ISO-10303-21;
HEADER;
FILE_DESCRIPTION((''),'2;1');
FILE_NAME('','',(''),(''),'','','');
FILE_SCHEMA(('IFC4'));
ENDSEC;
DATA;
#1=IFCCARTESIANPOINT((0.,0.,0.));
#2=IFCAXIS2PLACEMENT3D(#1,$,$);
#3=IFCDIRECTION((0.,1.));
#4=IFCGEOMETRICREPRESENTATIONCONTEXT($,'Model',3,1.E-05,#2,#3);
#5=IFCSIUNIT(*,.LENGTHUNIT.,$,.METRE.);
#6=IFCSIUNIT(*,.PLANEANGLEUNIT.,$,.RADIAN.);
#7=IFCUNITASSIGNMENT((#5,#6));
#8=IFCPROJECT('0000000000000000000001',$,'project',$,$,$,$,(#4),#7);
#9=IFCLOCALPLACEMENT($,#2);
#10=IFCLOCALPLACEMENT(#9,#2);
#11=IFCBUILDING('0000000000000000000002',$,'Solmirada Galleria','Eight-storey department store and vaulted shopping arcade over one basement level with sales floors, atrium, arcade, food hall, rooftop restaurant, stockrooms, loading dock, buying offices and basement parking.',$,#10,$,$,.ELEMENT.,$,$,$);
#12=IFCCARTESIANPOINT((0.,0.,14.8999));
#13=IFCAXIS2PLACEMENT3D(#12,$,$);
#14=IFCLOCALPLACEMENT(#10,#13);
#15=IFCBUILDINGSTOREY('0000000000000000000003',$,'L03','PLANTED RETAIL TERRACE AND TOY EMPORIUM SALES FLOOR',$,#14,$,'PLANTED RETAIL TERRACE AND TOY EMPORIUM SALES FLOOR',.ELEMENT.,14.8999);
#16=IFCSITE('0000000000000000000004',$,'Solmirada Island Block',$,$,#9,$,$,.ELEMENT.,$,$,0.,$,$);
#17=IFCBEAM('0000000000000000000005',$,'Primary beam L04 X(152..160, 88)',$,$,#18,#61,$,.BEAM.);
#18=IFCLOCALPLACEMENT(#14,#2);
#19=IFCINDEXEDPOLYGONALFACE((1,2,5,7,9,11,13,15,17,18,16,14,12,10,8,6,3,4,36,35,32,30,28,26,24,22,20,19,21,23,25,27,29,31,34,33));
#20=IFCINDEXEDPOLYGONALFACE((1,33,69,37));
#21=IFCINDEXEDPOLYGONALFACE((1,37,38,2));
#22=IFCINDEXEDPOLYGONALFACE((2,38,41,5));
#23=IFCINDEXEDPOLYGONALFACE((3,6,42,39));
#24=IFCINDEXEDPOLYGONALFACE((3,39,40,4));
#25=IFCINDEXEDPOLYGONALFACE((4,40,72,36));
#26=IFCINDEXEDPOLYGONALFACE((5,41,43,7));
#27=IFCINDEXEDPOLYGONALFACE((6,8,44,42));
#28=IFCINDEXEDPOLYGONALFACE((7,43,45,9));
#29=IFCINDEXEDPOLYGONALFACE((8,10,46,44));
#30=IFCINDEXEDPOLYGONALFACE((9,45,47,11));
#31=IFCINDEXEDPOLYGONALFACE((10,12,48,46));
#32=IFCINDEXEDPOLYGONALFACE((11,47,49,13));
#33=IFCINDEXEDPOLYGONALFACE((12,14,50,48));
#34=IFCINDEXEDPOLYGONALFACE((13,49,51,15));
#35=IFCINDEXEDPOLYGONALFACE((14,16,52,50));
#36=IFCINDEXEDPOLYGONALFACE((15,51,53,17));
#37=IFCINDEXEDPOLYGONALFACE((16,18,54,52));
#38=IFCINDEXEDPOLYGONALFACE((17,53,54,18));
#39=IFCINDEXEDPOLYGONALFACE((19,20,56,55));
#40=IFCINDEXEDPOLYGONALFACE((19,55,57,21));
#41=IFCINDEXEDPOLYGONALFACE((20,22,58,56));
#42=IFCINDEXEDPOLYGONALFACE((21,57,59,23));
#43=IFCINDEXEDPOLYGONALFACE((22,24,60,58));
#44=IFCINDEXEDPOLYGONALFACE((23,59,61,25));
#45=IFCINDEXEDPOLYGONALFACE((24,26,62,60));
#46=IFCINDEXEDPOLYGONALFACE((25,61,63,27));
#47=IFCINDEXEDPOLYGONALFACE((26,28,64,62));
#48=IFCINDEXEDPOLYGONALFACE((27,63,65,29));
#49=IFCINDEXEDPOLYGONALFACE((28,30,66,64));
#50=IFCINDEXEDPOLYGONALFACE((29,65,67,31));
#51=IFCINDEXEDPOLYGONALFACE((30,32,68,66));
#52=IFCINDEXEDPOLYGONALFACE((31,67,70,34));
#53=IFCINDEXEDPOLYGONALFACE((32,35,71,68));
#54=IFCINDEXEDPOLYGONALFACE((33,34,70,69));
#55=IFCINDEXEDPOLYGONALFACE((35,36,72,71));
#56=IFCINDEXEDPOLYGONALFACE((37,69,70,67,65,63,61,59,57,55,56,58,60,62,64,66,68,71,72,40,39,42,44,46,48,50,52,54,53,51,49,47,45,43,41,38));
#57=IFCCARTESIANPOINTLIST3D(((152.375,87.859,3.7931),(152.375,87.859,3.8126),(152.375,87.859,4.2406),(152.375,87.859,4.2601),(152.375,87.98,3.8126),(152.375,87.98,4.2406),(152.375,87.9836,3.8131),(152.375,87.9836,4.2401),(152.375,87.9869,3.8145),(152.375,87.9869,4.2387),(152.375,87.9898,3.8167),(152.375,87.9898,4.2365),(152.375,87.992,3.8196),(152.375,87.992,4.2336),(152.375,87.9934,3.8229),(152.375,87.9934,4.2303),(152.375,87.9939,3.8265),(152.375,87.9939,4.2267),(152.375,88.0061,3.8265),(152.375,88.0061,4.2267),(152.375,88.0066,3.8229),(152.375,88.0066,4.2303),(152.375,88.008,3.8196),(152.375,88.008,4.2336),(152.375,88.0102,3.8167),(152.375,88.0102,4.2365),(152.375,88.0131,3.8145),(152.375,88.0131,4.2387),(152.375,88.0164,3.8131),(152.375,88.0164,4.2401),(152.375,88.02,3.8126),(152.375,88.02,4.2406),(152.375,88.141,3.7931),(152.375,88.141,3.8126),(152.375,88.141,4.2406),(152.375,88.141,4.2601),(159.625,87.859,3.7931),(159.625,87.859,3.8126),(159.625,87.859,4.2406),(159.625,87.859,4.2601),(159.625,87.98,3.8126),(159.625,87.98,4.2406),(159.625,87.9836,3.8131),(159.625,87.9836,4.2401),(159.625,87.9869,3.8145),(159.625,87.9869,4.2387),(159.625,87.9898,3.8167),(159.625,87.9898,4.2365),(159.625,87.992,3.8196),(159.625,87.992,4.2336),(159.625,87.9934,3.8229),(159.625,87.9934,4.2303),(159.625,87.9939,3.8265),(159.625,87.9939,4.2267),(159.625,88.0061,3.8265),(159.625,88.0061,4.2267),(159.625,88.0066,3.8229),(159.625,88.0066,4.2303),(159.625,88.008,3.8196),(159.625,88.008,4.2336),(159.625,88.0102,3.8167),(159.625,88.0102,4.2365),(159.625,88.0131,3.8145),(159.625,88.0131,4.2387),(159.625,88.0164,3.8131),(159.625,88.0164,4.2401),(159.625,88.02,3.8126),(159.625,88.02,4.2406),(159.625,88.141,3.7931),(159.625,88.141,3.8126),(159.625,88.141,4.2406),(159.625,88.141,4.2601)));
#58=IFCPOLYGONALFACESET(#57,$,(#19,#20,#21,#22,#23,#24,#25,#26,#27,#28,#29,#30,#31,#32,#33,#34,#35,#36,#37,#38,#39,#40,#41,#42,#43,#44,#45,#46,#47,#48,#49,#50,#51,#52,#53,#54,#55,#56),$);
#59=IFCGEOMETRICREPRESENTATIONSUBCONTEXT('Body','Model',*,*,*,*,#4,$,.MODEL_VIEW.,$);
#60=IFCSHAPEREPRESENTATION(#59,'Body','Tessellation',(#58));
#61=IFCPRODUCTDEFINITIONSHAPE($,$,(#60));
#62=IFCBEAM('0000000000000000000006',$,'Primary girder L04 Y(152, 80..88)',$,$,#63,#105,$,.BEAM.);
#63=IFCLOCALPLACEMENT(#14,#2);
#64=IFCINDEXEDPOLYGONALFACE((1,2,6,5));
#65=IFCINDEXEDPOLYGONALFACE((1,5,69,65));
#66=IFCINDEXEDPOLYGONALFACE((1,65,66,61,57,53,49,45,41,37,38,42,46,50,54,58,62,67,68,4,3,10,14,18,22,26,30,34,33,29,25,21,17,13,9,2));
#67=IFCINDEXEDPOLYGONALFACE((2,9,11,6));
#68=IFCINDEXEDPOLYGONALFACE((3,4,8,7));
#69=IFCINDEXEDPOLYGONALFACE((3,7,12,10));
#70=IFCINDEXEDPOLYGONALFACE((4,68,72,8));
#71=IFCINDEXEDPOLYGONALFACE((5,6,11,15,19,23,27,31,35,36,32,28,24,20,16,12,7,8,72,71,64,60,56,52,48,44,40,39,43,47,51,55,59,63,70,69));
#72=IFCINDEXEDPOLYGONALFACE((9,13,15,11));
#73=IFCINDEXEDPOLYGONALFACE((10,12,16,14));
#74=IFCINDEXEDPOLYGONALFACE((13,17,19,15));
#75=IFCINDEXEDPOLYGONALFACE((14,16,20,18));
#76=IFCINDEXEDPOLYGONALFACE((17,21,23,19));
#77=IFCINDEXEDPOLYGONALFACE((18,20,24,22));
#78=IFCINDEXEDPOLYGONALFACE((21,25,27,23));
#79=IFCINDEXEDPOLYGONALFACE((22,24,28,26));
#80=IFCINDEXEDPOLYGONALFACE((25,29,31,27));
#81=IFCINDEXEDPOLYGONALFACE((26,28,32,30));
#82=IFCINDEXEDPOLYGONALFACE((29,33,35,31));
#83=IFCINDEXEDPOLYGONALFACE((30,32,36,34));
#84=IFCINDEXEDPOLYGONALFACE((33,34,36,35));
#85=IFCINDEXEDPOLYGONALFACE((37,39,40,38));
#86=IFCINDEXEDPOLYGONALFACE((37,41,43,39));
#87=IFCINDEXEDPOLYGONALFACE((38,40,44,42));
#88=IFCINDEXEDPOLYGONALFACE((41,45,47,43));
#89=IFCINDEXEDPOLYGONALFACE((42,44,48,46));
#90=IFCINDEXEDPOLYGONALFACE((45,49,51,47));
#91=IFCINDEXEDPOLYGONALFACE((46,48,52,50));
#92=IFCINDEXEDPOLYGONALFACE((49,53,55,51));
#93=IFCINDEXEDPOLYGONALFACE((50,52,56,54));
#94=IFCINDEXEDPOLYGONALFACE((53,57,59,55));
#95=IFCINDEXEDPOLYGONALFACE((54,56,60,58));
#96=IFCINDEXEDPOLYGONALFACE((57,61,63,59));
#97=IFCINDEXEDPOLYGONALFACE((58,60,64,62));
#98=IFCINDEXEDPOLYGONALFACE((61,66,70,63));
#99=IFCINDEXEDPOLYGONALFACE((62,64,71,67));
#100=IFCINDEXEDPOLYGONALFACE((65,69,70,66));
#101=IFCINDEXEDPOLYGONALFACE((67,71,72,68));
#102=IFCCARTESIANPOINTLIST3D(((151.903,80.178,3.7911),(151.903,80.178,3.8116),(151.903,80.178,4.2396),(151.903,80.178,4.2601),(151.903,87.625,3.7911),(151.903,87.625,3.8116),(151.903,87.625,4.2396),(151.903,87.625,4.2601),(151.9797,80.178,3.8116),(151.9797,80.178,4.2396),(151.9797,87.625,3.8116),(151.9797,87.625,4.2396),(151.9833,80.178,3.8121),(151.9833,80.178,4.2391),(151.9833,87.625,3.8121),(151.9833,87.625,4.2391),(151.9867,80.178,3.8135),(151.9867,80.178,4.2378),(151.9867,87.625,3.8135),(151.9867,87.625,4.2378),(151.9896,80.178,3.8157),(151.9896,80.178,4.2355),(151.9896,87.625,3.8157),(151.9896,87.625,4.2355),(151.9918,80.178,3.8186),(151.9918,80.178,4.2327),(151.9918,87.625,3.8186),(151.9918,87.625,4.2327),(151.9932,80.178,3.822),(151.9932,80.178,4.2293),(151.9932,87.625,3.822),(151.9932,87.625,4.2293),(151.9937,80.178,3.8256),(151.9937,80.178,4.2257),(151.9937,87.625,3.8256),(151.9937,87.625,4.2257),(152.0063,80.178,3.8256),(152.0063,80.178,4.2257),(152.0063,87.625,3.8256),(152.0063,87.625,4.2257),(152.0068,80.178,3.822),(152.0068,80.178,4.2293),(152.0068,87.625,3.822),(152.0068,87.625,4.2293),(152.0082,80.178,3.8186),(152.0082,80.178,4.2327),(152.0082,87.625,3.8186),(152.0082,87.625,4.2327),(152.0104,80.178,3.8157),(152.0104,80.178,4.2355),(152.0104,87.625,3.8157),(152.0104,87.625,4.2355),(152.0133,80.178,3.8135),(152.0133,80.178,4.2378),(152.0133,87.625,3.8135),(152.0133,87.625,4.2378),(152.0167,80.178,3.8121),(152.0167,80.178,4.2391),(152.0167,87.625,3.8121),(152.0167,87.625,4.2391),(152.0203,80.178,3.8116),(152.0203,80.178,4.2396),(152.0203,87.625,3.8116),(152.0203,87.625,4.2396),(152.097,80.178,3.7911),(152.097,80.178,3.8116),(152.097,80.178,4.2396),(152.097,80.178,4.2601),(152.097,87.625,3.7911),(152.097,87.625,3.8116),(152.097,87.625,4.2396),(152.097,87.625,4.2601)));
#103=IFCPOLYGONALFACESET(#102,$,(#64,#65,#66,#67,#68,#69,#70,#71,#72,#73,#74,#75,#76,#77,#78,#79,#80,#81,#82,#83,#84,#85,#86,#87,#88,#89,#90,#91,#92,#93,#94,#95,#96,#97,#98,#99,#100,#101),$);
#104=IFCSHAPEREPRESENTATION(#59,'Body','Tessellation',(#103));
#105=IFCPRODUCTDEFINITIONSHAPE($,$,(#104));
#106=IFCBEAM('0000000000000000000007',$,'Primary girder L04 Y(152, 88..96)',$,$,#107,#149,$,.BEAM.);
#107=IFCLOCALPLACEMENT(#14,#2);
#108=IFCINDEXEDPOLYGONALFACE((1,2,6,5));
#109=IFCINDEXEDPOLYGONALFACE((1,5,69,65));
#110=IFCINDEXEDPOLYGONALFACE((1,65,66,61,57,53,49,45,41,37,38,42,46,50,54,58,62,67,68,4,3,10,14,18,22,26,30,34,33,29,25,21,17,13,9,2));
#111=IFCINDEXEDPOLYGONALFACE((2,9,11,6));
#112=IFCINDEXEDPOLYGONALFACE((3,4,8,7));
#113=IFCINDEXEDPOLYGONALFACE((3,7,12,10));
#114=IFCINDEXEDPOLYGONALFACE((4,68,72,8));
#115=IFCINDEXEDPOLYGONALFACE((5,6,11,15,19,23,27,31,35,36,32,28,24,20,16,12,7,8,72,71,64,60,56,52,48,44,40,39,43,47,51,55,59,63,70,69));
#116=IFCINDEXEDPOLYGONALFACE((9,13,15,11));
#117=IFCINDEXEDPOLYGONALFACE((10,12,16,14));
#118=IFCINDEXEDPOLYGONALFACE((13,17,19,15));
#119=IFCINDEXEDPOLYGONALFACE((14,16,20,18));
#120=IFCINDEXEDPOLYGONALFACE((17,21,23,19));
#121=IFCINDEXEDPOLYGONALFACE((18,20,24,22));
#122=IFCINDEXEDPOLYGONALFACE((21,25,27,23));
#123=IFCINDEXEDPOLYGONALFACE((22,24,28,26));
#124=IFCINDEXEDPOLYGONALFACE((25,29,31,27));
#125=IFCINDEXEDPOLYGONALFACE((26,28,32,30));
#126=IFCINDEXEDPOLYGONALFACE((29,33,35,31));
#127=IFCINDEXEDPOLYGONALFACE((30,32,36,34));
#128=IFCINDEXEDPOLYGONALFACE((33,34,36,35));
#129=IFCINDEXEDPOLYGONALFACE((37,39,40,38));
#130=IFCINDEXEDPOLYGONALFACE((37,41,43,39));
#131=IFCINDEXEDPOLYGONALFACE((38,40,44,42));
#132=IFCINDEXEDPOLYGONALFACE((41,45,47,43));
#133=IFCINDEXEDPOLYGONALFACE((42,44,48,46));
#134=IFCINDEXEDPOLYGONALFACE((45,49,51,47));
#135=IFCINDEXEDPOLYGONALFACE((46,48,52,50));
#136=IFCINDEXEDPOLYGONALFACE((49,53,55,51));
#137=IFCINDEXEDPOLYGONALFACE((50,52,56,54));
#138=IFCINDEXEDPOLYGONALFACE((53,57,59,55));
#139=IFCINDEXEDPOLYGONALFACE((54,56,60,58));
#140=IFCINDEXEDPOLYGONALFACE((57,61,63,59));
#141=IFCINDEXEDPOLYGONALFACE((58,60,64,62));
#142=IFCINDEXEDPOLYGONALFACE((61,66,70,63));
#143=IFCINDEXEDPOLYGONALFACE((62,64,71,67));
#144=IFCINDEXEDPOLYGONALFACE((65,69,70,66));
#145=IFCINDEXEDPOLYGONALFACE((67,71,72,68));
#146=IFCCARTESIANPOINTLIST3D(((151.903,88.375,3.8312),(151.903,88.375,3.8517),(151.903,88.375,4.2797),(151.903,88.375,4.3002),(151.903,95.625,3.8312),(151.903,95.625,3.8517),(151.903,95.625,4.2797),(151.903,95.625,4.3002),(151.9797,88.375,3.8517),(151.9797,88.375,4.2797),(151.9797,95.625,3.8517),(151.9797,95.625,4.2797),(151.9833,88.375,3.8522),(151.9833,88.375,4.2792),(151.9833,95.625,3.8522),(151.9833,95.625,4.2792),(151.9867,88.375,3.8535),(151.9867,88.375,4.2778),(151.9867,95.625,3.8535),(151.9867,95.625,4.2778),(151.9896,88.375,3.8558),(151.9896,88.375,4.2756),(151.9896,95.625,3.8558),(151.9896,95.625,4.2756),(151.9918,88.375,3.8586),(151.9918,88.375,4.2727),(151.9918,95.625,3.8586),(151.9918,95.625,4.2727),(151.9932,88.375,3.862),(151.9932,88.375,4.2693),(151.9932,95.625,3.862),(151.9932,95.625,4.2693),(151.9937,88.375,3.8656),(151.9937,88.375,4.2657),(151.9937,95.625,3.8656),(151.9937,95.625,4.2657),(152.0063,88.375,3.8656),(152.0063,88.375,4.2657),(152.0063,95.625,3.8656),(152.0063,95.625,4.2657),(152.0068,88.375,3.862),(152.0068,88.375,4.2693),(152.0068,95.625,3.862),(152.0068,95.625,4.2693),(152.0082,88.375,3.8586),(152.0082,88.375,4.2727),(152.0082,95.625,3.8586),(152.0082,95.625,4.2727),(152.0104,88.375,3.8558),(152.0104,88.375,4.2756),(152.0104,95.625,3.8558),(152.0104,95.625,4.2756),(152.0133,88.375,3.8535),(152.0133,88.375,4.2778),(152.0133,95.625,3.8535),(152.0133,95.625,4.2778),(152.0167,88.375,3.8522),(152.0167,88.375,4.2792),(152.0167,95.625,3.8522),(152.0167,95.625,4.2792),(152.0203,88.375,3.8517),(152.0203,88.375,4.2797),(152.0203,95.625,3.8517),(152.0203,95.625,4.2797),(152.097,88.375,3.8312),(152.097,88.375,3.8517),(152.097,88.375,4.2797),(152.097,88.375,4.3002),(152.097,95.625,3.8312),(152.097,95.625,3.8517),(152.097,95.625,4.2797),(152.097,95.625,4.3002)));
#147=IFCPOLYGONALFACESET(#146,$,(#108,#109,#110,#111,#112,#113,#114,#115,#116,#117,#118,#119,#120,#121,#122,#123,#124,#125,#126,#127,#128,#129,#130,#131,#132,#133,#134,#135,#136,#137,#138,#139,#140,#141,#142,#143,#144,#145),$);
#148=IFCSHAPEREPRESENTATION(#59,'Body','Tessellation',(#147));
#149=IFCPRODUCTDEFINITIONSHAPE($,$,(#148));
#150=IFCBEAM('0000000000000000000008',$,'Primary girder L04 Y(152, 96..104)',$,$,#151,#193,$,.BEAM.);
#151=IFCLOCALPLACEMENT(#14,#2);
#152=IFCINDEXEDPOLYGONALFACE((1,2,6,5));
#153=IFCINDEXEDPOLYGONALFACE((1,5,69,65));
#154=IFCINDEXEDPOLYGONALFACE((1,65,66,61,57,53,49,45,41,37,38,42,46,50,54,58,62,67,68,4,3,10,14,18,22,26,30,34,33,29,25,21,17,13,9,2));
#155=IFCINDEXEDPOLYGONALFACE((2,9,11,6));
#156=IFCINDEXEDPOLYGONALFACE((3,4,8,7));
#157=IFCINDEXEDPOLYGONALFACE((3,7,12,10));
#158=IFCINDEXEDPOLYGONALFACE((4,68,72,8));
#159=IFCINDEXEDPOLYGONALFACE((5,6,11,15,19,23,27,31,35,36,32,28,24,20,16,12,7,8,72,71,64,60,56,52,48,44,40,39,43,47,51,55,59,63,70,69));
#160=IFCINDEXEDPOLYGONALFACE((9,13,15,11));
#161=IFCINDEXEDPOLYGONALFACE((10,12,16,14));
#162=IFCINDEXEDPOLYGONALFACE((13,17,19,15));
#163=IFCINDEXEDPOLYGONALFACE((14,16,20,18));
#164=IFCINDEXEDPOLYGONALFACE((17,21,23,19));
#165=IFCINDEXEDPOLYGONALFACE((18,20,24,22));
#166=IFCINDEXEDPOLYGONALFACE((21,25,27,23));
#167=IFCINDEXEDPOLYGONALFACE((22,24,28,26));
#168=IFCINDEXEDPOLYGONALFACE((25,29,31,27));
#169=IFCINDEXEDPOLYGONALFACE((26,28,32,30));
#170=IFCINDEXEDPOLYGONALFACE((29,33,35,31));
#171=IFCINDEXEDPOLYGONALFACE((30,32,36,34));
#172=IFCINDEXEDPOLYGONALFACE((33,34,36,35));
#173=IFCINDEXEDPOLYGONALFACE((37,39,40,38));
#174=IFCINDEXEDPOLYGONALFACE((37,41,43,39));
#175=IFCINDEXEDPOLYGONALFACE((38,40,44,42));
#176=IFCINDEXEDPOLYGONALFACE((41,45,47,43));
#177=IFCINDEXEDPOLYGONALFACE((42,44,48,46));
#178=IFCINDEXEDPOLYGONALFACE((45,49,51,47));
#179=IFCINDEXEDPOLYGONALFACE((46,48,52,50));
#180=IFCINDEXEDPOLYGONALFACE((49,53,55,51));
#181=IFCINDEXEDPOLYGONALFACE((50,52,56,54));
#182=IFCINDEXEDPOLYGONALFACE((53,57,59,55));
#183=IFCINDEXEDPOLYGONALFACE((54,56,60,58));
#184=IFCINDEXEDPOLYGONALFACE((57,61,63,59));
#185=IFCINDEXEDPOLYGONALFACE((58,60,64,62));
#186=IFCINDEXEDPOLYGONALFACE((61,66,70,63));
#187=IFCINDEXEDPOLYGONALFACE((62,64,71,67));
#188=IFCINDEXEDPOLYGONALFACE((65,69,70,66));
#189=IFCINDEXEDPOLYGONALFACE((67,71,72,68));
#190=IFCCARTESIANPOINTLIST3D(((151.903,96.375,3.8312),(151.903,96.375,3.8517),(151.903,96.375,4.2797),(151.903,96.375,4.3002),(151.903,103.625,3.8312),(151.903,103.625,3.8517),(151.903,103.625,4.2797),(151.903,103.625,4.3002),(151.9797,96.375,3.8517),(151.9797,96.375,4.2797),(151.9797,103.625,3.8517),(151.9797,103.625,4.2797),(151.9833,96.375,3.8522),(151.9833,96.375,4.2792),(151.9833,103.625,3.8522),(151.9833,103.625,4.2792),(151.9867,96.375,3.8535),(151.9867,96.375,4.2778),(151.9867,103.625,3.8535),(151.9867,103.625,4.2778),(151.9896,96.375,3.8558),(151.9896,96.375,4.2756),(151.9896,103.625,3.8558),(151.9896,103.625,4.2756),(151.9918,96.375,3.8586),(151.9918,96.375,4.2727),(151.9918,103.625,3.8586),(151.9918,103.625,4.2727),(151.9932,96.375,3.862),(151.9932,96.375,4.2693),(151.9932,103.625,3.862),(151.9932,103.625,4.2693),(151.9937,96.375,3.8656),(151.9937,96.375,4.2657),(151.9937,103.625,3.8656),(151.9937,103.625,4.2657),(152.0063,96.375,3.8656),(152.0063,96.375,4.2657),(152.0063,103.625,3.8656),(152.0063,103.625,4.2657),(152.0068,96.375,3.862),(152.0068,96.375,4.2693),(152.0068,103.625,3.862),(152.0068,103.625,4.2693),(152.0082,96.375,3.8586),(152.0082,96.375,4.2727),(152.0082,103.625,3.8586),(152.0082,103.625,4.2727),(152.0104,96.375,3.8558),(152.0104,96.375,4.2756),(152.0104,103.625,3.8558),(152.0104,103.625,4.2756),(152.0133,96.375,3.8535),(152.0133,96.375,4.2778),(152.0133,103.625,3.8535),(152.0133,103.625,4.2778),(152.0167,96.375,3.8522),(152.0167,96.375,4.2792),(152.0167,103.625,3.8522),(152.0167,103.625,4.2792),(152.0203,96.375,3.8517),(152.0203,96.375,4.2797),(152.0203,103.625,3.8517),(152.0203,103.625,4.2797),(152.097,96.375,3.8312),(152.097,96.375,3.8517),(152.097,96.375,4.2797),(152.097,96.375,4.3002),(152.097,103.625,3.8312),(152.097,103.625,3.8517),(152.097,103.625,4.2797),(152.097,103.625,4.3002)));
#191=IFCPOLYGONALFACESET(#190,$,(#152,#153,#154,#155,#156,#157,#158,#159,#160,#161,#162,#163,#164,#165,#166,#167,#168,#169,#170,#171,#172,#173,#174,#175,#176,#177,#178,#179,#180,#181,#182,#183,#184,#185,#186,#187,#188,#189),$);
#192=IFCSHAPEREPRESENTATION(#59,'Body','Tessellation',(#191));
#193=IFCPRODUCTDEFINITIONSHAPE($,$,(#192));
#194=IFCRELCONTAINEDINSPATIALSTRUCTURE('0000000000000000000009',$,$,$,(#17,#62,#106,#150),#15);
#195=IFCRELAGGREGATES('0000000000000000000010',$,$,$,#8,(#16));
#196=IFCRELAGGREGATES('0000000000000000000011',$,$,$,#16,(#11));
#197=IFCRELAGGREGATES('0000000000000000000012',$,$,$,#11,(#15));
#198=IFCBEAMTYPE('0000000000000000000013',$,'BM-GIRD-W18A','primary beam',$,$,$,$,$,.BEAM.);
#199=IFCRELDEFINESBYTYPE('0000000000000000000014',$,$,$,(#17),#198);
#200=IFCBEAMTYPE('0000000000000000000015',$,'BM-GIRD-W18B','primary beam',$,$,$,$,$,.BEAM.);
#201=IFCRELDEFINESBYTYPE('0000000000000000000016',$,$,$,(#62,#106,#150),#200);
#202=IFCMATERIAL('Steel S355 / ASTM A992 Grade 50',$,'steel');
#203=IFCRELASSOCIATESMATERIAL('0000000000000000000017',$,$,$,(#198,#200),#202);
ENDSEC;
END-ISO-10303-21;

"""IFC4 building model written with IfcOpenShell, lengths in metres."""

from ifc_helpers import new_model, si_unit, direction, frame, origin, origin_2d, place, context, subcontext, project, spatial, i_section, extrude, material, material_profile, profile_set, type_object, element, save


model = new_model("IFC4")

# Units and contexts
model_context = context("Model", 3, precision=1e-05, world=origin(), true_north=direction((0.0, 1.0)))
body_context = subcontext(model_context, "Body", "Model", "MODEL_VIEW")
ifc_project = project(units=[si_unit("LENGTHUNIT", "METRE"), si_unit("PLANEANGLEUNIT", "RADIAN")], contexts=[model_context])

# Site, building, storey
site_placement = place(None, origin())
site = spatial("IfcSite", under=ifc_project, at=site_placement, Name="Solmirada Island Block", CompositionType="ELEMENT", RefElevation=0.0)
building_placement = place(site_placement, origin())
building = spatial("IfcBuilding", under=site, at=building_placement, Name="Solmirada Galleria", Description="Eight-storey department store and vaulted shopping arcade over one basement level with sales floors, atrium, arcade, food hall, rooftop restaurant, stockrooms, loading dock, buying offices and basement parking.", CompositionType="ELEMENT")
storey_placement = place(building_placement, frame((0.0, 0.0, 14.8999)))
storey = spatial("IfcBuildingStorey", under=building, at=storey_placement, Name="L03", Description="PLANTED RETAIL TERRACE AND TOY EMPORIUM SALES FLOOR", LongName="PLANTED RETAIL TERRACE AND TOY EMPORIUM SALES FLOOR", CompositionType="ELEMENT", Elevation=14.8999)

# Beams
ifc_material_1 = material(Name="Steel S355 / ASTM A992 Grade 50", Category="steel")
ifc_material_profile_1 = material_profile(ifc_material_1, i_section(OverallWidth=0.282, OverallDepth=0.467, WebThickness=0.0122, FlangeThickness=0.0195, FilletRadius=0.0139, at=origin_2d()), Name="W18X86")
ifc_profile_set_1 = profile_set([ifc_material_profile_1], Name="Steel S355 / ASTM A992 Grade 50")
beam_type_1 = type_object("IfcBeamType", Name="BM-GIRD-W18A", Description="primary beam", PredefinedType="BEAM", material=ifc_profile_set_1)
beam_1_placement = place(storey_placement, frame((152.375, 88.0, 4.0266), z_axis=(1.0, 0.0, 0.0), x_axis=(0.0, 1.0, 0.0)))
element("IfcBeam", 1, at=beam_1_placement, inside=storey, type_object=beam_type_1, Name="Primary beam L04 X(152..160, 88)", PredefinedType="BEAM", context=body_context, shape_type="SweptSolid", body=[
    extrude(i_section(OverallWidth=0.282, OverallDepth=0.467, WebThickness=0.0122, FlangeThickness=0.0195, FilletRadius=0.0139, at=origin_2d()), origin(), (0.0, 0.0, 1.0), 7.25),
])
ifc_material_profile_2 = material_profile(ifc_material_1, i_section(OverallWidth=0.1941, OverallDepth=0.469, WebThickness=0.0127, FlangeThickness=0.0205, FilletRadius=0.0139, at=origin_2d()), Name="W18X71")
ifc_profile_set_2 = profile_set([ifc_material_profile_2], Name="Steel S355 / ASTM A992 Grade 50")
beam_type_2 = type_object("IfcBeamType", Name="BM-GIRD-W18B", Description="primary beam", PredefinedType="BEAM", material=ifc_profile_set_2)
beam_2_placement = place(storey_placement, frame((152.0, 80.178, 4.0256), z_axis=(0.0, 1.0, 0.0), x_axis=(-1.0, 0.0, 0.0)))
element("IfcBeam", 2, at=beam_2_placement, inside=storey, type_object=beam_type_2, Name="Primary girder L04 Y(152, 80..88)", PredefinedType="BEAM", context=body_context, shape_type="SweptSolid", body=[
    extrude(i_section(OverallWidth=0.1941, OverallDepth=0.469, WebThickness=0.0127, FlangeThickness=0.0205, FilletRadius=0.0139, at=origin_2d()), origin(), (0.0, 0.0, 1.0), 7.447),
])
for number, where, z_axis, x_axis, name in (
    (3, (152.0, 88.375, 4.0657), (0.0, 1.0, 0.0), (-1.0, 0.0, 0.0), "Primary girder L04 Y(152, 88..96)"),
    (4, (152.0, 96.375, 4.0657), (0.0, 1.0, 0.0), (-1.0, 0.0, 0.0), "Primary girder L04 Y(152, 96..104)"),
):
    element("IfcBeam", number, at=place(storey_placement, frame(where, z_axis=z_axis, x_axis=x_axis)), inside=storey, type_object=beam_type_2, Name=name, PredefinedType="BEAM", context=body_context, shape_type="SweptSolid", body=[
        extrude(i_section(OverallWidth=0.1941, OverallDepth=0.469, WebThickness=0.0127, FlangeThickness=0.0205, FilletRadius=0.0139, at=origin_2d()), origin(), (0.0, 0.0, 1.0), 7.25),
    ])

save(model, "model.ifc")
